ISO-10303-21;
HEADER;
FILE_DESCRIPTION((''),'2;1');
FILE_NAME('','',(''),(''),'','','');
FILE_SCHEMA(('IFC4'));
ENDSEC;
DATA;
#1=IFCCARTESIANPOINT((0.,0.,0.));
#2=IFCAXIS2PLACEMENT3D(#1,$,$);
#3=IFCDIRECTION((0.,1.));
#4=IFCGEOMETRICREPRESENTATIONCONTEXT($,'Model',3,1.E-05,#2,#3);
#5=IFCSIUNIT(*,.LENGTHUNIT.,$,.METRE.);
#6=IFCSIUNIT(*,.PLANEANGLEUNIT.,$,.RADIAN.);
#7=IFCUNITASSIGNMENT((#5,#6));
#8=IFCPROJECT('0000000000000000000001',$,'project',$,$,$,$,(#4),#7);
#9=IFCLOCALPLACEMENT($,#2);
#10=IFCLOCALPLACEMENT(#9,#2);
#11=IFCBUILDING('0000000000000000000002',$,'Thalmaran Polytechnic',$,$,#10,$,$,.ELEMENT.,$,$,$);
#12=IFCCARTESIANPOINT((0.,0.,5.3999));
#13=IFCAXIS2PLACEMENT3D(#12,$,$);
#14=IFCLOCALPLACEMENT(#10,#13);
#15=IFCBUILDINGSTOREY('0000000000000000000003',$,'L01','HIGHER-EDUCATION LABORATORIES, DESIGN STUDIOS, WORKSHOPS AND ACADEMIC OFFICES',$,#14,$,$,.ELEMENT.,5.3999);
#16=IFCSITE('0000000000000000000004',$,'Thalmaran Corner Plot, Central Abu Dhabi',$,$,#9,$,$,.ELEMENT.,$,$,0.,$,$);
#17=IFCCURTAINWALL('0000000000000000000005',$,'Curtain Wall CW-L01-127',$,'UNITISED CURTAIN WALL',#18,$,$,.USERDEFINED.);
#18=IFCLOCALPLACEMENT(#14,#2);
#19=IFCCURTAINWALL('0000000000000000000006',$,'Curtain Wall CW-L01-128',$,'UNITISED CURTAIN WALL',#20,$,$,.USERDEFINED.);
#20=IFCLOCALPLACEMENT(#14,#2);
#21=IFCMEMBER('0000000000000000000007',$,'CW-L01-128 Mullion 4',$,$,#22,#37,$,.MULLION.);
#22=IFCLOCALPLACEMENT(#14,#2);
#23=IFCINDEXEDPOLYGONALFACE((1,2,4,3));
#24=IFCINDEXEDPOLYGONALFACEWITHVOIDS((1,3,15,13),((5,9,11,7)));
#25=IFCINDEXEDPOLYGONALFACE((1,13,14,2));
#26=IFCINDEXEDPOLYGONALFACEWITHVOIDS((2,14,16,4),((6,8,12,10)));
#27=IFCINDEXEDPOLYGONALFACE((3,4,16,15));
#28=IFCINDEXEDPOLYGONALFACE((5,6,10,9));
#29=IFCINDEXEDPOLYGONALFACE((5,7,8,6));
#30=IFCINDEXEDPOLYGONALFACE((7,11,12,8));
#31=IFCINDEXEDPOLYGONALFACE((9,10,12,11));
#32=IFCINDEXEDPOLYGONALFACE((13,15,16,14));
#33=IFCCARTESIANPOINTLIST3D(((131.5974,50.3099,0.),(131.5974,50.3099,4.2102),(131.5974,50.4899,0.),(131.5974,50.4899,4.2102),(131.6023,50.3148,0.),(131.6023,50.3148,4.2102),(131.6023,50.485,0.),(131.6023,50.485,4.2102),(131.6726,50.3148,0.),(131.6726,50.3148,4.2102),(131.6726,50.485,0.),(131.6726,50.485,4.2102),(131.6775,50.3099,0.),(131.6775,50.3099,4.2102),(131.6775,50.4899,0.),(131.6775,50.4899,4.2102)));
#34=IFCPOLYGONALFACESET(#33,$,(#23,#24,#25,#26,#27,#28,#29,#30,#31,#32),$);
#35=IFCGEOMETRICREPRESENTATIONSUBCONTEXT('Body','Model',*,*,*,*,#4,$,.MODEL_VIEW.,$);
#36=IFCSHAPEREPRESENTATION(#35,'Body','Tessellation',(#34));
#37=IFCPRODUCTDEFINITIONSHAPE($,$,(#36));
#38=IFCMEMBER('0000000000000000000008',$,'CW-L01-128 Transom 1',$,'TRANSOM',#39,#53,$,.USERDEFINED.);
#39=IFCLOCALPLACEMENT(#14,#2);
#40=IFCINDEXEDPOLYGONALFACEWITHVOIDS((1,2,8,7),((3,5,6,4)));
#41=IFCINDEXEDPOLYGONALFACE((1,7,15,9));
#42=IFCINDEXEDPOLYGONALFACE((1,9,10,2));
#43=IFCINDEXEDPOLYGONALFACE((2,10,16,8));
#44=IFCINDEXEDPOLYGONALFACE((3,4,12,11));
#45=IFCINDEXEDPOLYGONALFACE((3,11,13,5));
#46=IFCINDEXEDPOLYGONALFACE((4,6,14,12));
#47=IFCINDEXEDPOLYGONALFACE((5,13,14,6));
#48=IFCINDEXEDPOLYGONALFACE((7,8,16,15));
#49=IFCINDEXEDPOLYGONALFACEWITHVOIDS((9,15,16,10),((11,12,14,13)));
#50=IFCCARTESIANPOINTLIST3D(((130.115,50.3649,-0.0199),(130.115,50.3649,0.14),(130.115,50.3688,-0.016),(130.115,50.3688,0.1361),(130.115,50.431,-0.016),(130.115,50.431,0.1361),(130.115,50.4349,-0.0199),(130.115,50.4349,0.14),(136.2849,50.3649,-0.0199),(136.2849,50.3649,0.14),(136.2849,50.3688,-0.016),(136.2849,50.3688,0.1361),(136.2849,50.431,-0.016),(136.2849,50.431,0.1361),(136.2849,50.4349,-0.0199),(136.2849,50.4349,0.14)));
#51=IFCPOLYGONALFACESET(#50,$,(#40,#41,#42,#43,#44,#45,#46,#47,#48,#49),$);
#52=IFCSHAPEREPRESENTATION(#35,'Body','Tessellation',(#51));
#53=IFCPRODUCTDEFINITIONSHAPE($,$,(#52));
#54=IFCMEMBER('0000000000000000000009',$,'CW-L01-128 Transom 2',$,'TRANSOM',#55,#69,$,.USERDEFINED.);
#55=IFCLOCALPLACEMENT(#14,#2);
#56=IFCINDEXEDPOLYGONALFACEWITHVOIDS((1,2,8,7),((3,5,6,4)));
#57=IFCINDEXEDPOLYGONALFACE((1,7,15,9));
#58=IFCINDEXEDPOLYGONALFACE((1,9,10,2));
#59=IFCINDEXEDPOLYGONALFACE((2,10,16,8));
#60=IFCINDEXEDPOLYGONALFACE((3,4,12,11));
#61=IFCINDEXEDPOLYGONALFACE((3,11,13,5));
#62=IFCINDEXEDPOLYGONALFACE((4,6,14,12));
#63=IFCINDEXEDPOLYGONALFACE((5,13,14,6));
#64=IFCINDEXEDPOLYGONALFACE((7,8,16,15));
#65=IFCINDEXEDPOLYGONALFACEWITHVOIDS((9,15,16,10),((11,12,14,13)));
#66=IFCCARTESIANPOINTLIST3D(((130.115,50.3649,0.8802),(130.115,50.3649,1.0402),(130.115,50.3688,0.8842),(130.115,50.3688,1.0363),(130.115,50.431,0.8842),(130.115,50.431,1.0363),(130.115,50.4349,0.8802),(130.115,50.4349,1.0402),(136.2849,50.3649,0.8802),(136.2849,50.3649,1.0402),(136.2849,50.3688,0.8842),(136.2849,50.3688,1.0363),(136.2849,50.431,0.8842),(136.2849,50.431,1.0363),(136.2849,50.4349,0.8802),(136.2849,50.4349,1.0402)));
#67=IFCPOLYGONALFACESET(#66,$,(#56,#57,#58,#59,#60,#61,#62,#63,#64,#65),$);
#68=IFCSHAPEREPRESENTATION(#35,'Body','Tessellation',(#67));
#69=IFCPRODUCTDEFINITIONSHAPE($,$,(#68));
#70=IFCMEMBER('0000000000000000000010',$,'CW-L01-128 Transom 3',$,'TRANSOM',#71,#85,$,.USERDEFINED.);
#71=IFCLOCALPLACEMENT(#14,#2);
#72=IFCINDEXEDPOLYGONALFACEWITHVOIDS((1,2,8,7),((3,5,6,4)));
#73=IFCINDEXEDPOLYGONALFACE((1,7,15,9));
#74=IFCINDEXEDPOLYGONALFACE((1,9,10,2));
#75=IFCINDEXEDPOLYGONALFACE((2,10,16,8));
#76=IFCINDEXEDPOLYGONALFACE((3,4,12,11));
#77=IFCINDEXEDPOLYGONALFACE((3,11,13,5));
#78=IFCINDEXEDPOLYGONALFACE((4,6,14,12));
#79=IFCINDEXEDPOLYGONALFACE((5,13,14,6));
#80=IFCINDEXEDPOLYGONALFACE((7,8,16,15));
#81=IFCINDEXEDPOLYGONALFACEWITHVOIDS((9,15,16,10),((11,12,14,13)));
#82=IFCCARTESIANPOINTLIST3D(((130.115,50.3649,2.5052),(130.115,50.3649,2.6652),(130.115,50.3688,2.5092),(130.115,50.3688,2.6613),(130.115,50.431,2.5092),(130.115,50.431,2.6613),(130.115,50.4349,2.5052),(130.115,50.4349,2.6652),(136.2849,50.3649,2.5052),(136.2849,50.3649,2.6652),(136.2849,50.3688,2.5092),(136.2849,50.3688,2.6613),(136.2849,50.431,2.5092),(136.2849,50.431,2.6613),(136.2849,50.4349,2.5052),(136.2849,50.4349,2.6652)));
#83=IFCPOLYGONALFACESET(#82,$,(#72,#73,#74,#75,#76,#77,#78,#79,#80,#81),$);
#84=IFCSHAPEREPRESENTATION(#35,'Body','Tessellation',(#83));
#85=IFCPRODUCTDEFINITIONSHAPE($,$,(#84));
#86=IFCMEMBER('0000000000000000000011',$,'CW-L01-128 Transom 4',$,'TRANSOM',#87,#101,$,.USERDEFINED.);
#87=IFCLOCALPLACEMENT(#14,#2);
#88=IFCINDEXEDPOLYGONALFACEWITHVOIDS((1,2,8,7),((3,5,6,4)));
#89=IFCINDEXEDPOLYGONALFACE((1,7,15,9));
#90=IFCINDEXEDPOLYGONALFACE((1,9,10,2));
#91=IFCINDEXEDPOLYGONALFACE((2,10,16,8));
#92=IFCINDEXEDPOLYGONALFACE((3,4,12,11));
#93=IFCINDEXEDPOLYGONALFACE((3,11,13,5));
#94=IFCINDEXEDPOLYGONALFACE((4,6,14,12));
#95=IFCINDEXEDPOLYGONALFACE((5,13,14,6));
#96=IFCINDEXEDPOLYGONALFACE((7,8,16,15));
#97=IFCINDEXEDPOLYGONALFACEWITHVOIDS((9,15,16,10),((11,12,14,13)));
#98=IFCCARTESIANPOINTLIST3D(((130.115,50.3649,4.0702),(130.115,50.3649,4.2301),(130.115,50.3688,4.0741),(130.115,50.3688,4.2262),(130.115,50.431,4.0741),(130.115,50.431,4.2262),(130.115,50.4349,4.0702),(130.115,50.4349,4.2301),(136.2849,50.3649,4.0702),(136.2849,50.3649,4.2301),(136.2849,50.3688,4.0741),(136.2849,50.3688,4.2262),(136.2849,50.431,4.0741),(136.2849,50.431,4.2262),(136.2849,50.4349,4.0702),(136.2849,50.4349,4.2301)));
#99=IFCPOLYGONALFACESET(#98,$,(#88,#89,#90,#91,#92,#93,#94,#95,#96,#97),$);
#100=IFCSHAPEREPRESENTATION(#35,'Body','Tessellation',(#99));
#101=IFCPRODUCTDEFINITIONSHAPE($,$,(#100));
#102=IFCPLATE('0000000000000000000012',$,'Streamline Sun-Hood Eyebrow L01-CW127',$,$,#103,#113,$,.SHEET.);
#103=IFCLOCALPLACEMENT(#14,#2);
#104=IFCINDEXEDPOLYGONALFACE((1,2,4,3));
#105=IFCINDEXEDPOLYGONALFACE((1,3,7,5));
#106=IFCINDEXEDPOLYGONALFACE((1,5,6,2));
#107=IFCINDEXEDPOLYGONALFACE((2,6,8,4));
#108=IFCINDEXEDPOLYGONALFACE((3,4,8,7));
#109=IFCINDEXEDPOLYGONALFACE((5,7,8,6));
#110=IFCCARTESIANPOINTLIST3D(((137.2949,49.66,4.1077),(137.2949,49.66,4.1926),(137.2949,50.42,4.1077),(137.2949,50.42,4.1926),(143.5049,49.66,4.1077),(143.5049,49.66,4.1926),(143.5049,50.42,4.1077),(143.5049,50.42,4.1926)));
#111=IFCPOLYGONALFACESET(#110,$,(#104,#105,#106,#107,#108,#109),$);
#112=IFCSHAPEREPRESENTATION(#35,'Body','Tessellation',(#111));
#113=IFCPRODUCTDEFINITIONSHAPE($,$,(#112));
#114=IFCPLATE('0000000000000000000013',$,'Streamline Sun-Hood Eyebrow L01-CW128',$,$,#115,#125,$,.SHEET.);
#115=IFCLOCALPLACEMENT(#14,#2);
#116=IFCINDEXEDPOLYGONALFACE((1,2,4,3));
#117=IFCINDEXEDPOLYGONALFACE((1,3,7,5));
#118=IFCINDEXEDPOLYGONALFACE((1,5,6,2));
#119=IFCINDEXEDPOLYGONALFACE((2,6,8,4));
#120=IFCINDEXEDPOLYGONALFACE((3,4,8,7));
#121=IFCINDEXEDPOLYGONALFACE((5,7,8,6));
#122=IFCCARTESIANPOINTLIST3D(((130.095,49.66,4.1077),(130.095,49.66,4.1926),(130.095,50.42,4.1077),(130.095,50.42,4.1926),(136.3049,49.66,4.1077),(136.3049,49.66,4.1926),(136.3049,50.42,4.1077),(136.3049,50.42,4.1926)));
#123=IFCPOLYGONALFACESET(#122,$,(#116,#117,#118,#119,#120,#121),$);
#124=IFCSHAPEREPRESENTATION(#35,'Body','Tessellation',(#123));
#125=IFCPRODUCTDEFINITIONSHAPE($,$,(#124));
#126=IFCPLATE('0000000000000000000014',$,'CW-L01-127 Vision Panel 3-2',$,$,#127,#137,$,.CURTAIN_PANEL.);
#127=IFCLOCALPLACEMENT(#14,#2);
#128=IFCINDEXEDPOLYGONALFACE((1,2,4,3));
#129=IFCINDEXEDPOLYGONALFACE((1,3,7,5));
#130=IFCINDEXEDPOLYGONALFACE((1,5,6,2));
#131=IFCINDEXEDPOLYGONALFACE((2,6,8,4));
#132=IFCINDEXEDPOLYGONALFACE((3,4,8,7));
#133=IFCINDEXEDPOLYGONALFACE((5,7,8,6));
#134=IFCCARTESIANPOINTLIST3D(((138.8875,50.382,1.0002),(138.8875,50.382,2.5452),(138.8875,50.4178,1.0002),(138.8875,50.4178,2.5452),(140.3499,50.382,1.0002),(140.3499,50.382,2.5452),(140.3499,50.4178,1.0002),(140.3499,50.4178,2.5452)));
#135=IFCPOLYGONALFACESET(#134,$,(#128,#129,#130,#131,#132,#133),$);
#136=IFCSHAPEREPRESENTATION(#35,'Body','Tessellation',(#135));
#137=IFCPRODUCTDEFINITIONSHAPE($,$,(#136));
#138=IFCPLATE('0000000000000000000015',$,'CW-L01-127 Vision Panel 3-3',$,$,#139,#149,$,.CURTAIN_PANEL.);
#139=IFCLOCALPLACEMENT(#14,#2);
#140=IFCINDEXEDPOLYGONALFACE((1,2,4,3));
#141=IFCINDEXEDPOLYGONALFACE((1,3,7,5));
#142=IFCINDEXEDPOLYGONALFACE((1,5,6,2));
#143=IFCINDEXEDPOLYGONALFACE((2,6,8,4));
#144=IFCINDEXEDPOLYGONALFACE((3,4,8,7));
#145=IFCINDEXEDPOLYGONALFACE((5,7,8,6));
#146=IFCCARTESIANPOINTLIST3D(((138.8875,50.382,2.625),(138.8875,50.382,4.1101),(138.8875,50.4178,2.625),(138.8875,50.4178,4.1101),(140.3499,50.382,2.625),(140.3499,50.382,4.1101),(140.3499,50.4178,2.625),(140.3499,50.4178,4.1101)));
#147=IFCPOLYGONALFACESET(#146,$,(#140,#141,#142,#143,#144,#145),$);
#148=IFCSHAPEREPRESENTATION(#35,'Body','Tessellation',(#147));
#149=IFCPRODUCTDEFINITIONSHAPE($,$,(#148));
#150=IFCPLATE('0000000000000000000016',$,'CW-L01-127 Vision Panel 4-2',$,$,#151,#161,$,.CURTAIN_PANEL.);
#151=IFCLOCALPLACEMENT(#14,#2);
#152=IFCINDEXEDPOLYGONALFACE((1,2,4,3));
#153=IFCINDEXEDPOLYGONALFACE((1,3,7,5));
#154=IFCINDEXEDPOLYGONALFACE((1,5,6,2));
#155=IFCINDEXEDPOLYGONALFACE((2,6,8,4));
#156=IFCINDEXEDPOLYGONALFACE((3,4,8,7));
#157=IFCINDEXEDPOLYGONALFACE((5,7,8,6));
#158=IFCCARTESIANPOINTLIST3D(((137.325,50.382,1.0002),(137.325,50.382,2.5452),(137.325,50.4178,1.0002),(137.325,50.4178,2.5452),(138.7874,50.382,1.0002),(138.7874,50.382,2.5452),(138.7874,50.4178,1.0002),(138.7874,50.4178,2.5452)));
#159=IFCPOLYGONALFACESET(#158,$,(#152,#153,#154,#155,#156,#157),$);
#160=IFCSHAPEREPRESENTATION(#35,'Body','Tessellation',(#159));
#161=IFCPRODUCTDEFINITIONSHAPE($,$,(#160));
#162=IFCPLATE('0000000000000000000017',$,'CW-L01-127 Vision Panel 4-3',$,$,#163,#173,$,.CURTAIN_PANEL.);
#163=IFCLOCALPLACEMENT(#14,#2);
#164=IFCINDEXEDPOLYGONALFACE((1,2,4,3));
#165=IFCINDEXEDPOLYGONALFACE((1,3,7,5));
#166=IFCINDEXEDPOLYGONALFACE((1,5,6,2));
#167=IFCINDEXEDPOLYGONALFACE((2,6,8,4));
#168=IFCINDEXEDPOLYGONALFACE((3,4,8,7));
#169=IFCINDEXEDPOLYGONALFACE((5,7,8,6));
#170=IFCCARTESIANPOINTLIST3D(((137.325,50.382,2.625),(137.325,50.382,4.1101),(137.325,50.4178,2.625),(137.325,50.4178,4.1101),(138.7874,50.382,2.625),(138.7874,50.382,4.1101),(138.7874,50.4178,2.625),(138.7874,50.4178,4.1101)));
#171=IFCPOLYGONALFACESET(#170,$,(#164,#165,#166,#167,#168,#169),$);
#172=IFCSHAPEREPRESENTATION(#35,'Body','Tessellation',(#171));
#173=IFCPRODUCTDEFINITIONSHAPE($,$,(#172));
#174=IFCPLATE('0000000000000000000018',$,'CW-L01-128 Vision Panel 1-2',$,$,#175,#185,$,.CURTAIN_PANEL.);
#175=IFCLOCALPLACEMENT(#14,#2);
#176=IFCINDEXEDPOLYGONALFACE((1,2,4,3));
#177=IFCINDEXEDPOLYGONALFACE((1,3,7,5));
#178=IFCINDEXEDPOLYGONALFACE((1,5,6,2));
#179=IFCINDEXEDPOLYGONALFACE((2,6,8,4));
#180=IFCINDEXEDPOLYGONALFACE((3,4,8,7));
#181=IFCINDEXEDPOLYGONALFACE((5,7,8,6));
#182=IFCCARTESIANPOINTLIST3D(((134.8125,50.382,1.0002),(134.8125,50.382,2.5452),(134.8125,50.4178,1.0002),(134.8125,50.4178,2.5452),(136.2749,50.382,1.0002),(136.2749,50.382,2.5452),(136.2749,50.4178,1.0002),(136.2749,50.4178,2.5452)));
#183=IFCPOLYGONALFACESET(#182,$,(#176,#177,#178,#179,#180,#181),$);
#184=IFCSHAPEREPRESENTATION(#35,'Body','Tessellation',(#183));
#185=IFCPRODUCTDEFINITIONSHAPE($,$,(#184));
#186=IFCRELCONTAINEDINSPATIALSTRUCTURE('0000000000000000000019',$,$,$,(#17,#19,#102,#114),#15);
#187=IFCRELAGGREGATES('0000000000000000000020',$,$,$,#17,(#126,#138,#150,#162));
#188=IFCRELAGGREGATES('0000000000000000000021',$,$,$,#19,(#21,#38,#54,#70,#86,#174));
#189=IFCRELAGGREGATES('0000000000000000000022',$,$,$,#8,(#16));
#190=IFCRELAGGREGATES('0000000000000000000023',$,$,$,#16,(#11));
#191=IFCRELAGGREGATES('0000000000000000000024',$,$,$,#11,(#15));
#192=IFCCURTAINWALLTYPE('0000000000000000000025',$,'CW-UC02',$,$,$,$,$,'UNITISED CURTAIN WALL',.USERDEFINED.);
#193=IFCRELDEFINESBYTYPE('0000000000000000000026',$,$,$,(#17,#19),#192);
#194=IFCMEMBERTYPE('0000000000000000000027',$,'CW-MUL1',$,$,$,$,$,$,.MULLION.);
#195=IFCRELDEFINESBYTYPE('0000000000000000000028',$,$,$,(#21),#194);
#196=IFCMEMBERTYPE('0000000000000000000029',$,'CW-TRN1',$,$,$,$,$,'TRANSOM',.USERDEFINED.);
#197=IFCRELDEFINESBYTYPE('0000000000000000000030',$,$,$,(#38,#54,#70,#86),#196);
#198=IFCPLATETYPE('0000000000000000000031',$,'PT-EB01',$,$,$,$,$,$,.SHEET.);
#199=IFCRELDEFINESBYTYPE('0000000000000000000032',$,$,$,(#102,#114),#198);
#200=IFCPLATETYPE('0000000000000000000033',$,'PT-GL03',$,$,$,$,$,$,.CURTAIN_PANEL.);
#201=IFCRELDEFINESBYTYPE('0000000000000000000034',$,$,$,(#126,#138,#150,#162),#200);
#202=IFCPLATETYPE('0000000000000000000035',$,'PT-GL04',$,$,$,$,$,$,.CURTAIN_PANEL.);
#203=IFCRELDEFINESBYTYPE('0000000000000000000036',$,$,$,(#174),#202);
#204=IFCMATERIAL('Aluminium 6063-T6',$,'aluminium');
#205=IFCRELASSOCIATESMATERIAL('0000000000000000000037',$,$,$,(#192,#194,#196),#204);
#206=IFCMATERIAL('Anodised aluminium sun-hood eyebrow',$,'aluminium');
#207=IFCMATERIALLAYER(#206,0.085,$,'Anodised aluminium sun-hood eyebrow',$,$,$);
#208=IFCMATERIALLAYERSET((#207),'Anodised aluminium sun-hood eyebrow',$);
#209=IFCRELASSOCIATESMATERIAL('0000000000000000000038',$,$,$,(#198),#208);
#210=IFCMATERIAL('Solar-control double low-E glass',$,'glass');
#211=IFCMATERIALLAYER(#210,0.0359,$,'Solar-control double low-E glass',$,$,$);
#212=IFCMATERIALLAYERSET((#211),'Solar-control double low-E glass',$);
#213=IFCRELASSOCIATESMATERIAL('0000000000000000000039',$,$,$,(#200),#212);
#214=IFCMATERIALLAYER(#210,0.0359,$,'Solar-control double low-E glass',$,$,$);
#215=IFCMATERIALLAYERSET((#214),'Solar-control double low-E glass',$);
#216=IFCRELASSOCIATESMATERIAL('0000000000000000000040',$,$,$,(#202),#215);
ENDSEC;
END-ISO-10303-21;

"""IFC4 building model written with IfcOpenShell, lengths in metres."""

from ifc_helpers import new_model, si_unit, direction, frame, origin, origin_2d, place, context, subcontext, project, spatial, rectangle, hollow_rectangle, extrude, material, layer, layer_set, material_profile, profile_set, type_object, element, aggregate, save


model = new_model("IFC4")

# Units and contexts
model_context = context("Model", 3, precision=1e-05, world=origin(), true_north=direction((0.0, 1.0)))
body_context = subcontext(model_context, "Body", "Model", "MODEL_VIEW")
ifc_project = project(units=[si_unit("LENGTHUNIT", "METRE"), si_unit("PLANEANGLEUNIT", "RADIAN")], contexts=[model_context])

# Site, building, storey
site_placement = place(None, origin())
site = spatial("IfcSite", under=ifc_project, at=site_placement, Name="Thalmaran Corner Plot, Central Abu Dhabi", CompositionType="ELEMENT", RefElevation=0.0)
building_placement = place(site_placement, origin())
building = spatial("IfcBuilding", under=site, at=building_placement, Name="Thalmaran Polytechnic", CompositionType="ELEMENT")
storey_placement = place(building_placement, frame((0.0, 0.0, 5.3999)))
storey = spatial("IfcBuildingStorey", under=building, at=storey_placement, Name="L01", Description="HIGHER-EDUCATION LABORATORIES, DESIGN STUDIOS, WORKSHOPS AND ACADEMIC OFFICES", CompositionType="ELEMENT", Elevation=5.3999)

# Curtain walls, members
ifc_material_1 = material(Name="Aluminium 6063-T6", Category="aluminium")
curtain_wall_type = type_object("IfcCurtainWallType", Name="CW-UC02", ElementType="UNITISED CURTAIN WALL", PredefinedType="USERDEFINED", material=ifc_material_1)
curtain_wall_1_placement = place(storey_placement, origin())
curtain_wall_1 = element("IfcCurtainWall", 1, at=curtain_wall_1_placement, inside=storey, type_object=curtain_wall_type, Name="Curtain Wall CW-L01-127", ObjectType="UNITISED CURTAIN WALL", PredefinedType="USERDEFINED")
ifc_material_profile_1 = material_profile(ifc_material_1, hollow_rectangle(XDim=0.0801, YDim=0.1799, WallThickness=0.0049, at=origin_2d()), Name="RHS 180x80x5.0")
ifc_profile_set_1 = profile_set([ifc_material_profile_1], Name="Aluminium 6063-T6")
member_type_1 = type_object("IfcMemberType", Name="CW-MUL1", PredefinedType="MULLION", material=ifc_profile_set_1)
curtain_wall_2_placement = place(storey_placement, origin())
curtain_wall_2 = element("IfcCurtainWall", 2, at=curtain_wall_2_placement, inside=storey, type_object=curtain_wall_type, Name="Curtain Wall CW-L01-128", ObjectType="UNITISED CURTAIN WALL", PredefinedType="USERDEFINED")
member_1_placement = place(storey_placement, frame((131.6375, 50.3999, 0.0), z_axis=(0.0, 0.0, 1.0), x_axis=(1.0, 0.0, 0.0)))
member_1 = element("IfcMember", 3, at=member_1_placement, type_object=member_type_1, Name="CW-L01-128 Mullion 4", PredefinedType="MULLION", context=body_context, shape_type="SweptSolid", body=[
    extrude(hollow_rectangle(XDim=0.0801, YDim=0.1799, WallThickness=0.0049, at=origin_2d()), origin(), (0.0, 0.0, 1.0), 4.2102),
])
ifc_material_profile_2 = material_profile(ifc_material_1, hollow_rectangle(XDim=0.0701, YDim=0.1599, WallThickness=0.0039, at=origin_2d()), Name="AL 160x70x4.0")
ifc_profile_set_2 = profile_set([ifc_material_profile_2], Name="Aluminium 6063-T6")
member_type_2 = type_object("IfcMemberType", Name="CW-TRN1", ElementType="TRANSOM", PredefinedType="USERDEFINED", material=ifc_profile_set_2)
member_2_placement = place(storey_placement, frame((136.2849, 50.3999, 0.0601), z_axis=(-1.0, 0.0, 0.0), x_axis=(0.0, -1.0, 0.0)))
member_2 = element("IfcMember", 4, at=member_2_placement, type_object=member_type_2, Name="CW-L01-128 Transom 1", ObjectType="TRANSOM", PredefinedType="USERDEFINED", context=body_context, shape_type="SweptSolid", body=[
    extrude(hollow_rectangle(XDim=0.0701, YDim=0.1599, WallThickness=0.0039, at=origin_2d()), origin(), (0.0, 0.0, 1.0), 6.1699),
])
member_3_placement = place(storey_placement, frame((136.2849, 50.3999, 0.9602), z_axis=(-1.0, 0.0, 0.0), x_axis=(0.0, -1.0, 0.0)))
member_3 = element("IfcMember", 5, at=member_3_placement, type_object=member_type_2, Name="CW-L01-128 Transom 2", ObjectType="TRANSOM", PredefinedType="USERDEFINED", context=body_context, shape_type="SweptSolid", body=[
    extrude(hollow_rectangle(XDim=0.0701, YDim=0.1599, WallThickness=0.0039, at=origin_2d()), origin(), (0.0, 0.0, 1.0), 6.1699),
])
member_4_placement = place(storey_placement, frame((136.2849, 50.3999, 2.5852), z_axis=(-1.0, 0.0, 0.0), x_axis=(0.0, -1.0, 0.0)))
member_4 = element("IfcMember", 6, at=member_4_placement, type_object=member_type_2, Name="CW-L01-128 Transom 3", ObjectType="TRANSOM", PredefinedType="USERDEFINED", context=body_context, shape_type="SweptSolid", body=[
    extrude(hollow_rectangle(XDim=0.0701, YDim=0.1599, WallThickness=0.0039, at=origin_2d()), origin(), (0.0, 0.0, 1.0), 6.1699),
])
member_5_placement = place(storey_placement, frame((136.2849, 50.3999, 4.1501), z_axis=(-1.0, 0.0, 0.0), x_axis=(0.0, -1.0, 0.0)))
member_5 = element("IfcMember", 7, at=member_5_placement, type_object=member_type_2, Name="CW-L01-128 Transom 4", ObjectType="TRANSOM", PredefinedType="USERDEFINED", context=body_context, shape_type="SweptSolid", body=[
    extrude(hollow_rectangle(XDim=0.0701, YDim=0.1599, WallThickness=0.0039, at=origin_2d()), origin(), (0.0, 0.0, 1.0), 6.1699),
])

# Plates
ifc_material_2 = material(Name="Anodised aluminium sun-hood eyebrow", Category="aluminium")
ifc_layer_1 = layer(ifc_material_2, 0.085, Name="Anodised aluminium sun-hood eyebrow")
ifc_layer_set_1 = layer_set([ifc_layer_1], Name="Anodised aluminium sun-hood eyebrow")
plate_type_1 = type_object("IfcPlateType", Name="PT-EB01", PredefinedType="SHEET", material=ifc_layer_set_1)
for number, where, z_axis, x_axis, name in (
    (8, (140.3999, 50.04, 4.1077), (0.0, 0.0, 1.0), (-1.0, 0.0, 0.0), "Streamline Sun-Hood Eyebrow L01-CW127"),
    (9, (133.2, 50.04, 4.1077), (0.0, 0.0, 1.0), (-1.0, 0.0, 0.0), "Streamline Sun-Hood Eyebrow L01-CW128"),
):
    element("IfcPlate", number, at=place(storey_placement, frame(where, z_axis=z_axis, x_axis=x_axis)), inside=storey, type_object=plate_type_1, Name=name, PredefinedType="SHEET", context=body_context, shape_type="SweptSolid", body=[
        extrude(rectangle(XDim=6.21, YDim=0.76, at=origin_2d()), origin(), (0.0, 0.0, 1.0), 0.085),
    ])

# Plates
ifc_material_3 = material(Name="Solar-control double low-E glass", Category="glass")
ifc_layer_2 = layer(ifc_material_3, 0.0359, Name="Solar-control double low-E glass")
ifc_layer_set_2 = layer_set([ifc_layer_2], Name="Solar-control double low-E glass")
plate_type_2 = type_object("IfcPlateType", Name="PT-GL03", PredefinedType="CURTAIN_PANEL", material=ifc_layer_set_2)
plate_1_placement = place(storey_placement, frame((139.6187, 50.3999, 1.0002), z_axis=(0.0, 0.0, 1.0), x_axis=(-1.0, 0.0, 0.0)))
plate_1 = element("IfcPlate", 10, at=plate_1_placement, type_object=plate_type_2, Name="CW-L01-127 Vision Panel 3-2", PredefinedType="CURTAIN_PANEL", context=body_context, shape_type="SweptSolid", body=[
    extrude(rectangle(XDim=1.4624, YDim=0.0359, at=origin_2d()), origin(), (0.0, 0.0, 1.0), 1.5449),
])
plate_2_placement = place(storey_placement, frame((139.6187, 50.3999, 2.625), z_axis=(0.0, 0.0, 1.0), x_axis=(-1.0, 0.0, 0.0)))
plate_2 = element("IfcPlate", 11, at=plate_2_placement, type_object=plate_type_2, Name="CW-L01-127 Vision Panel 3-3", PredefinedType="CURTAIN_PANEL", context=body_context, shape_type="SweptSolid", body=[
    extrude(rectangle(XDim=1.4624, YDim=0.0359, at=origin_2d()), origin(), (0.0, 0.0, 1.0), 1.4851),
])
plate_3_placement = place(storey_placement, frame((138.0562, 50.3999, 1.0002), z_axis=(0.0, 0.0, 1.0), x_axis=(-1.0, 0.0, 0.0)))
plate_3 = element("IfcPlate", 12, at=plate_3_placement, type_object=plate_type_2, Name="CW-L01-127 Vision Panel 4-2", PredefinedType="CURTAIN_PANEL", context=body_context, shape_type="SweptSolid", body=[
    extrude(rectangle(XDim=1.4624, YDim=0.0359, at=origin_2d()), origin(), (0.0, 0.0, 1.0), 1.5449),
])
plate_4_placement = place(storey_placement, frame((138.0562, 50.3999, 2.625), z_axis=(0.0, 0.0, 1.0), x_axis=(-1.0, 0.0, 0.0)))
plate_4 = element("IfcPlate", 13, at=plate_4_placement, type_object=plate_type_2, Name="CW-L01-127 Vision Panel 4-3", PredefinedType="CURTAIN_PANEL", context=body_context, shape_type="SweptSolid", body=[
    extrude(rectangle(XDim=1.4624, YDim=0.0359, at=origin_2d()), origin(), (0.0, 0.0, 1.0), 1.4851),
])
ifc_layer_3 = layer(ifc_material_3, 0.0359, Name="Solar-control double low-E glass")
ifc_layer_set_3 = layer_set([ifc_layer_3], Name="Solar-control double low-E glass")
plate_type_3 = type_object("IfcPlateType", Name="PT-GL04", PredefinedType="CURTAIN_PANEL", material=ifc_layer_set_3)
plate_5_placement = place(storey_placement, frame((135.5437, 50.3999, 1.0002), z_axis=(0.0, 0.0, 1.0), x_axis=(-1.0, 0.0, 0.0)))
plate_5 = element("IfcPlate", 14, at=plate_5_placement, type_object=plate_type_3, Name="CW-L01-128 Vision Panel 1-2", PredefinedType="CURTAIN_PANEL", context=body_context, shape_type="SweptSolid", body=[
    extrude(rectangle(XDim=1.4624, YDim=0.0359, at=origin_2d()), origin(), (0.0, 0.0, 1.0), 1.5449),
])
aggregate(curtain_wall_1, [plate_1, plate_2, plate_3, plate_4])
aggregate(curtain_wall_2, [member_1, member_2, member_3, member_4, member_5, plate_5])

save(model, "model.ifc")
